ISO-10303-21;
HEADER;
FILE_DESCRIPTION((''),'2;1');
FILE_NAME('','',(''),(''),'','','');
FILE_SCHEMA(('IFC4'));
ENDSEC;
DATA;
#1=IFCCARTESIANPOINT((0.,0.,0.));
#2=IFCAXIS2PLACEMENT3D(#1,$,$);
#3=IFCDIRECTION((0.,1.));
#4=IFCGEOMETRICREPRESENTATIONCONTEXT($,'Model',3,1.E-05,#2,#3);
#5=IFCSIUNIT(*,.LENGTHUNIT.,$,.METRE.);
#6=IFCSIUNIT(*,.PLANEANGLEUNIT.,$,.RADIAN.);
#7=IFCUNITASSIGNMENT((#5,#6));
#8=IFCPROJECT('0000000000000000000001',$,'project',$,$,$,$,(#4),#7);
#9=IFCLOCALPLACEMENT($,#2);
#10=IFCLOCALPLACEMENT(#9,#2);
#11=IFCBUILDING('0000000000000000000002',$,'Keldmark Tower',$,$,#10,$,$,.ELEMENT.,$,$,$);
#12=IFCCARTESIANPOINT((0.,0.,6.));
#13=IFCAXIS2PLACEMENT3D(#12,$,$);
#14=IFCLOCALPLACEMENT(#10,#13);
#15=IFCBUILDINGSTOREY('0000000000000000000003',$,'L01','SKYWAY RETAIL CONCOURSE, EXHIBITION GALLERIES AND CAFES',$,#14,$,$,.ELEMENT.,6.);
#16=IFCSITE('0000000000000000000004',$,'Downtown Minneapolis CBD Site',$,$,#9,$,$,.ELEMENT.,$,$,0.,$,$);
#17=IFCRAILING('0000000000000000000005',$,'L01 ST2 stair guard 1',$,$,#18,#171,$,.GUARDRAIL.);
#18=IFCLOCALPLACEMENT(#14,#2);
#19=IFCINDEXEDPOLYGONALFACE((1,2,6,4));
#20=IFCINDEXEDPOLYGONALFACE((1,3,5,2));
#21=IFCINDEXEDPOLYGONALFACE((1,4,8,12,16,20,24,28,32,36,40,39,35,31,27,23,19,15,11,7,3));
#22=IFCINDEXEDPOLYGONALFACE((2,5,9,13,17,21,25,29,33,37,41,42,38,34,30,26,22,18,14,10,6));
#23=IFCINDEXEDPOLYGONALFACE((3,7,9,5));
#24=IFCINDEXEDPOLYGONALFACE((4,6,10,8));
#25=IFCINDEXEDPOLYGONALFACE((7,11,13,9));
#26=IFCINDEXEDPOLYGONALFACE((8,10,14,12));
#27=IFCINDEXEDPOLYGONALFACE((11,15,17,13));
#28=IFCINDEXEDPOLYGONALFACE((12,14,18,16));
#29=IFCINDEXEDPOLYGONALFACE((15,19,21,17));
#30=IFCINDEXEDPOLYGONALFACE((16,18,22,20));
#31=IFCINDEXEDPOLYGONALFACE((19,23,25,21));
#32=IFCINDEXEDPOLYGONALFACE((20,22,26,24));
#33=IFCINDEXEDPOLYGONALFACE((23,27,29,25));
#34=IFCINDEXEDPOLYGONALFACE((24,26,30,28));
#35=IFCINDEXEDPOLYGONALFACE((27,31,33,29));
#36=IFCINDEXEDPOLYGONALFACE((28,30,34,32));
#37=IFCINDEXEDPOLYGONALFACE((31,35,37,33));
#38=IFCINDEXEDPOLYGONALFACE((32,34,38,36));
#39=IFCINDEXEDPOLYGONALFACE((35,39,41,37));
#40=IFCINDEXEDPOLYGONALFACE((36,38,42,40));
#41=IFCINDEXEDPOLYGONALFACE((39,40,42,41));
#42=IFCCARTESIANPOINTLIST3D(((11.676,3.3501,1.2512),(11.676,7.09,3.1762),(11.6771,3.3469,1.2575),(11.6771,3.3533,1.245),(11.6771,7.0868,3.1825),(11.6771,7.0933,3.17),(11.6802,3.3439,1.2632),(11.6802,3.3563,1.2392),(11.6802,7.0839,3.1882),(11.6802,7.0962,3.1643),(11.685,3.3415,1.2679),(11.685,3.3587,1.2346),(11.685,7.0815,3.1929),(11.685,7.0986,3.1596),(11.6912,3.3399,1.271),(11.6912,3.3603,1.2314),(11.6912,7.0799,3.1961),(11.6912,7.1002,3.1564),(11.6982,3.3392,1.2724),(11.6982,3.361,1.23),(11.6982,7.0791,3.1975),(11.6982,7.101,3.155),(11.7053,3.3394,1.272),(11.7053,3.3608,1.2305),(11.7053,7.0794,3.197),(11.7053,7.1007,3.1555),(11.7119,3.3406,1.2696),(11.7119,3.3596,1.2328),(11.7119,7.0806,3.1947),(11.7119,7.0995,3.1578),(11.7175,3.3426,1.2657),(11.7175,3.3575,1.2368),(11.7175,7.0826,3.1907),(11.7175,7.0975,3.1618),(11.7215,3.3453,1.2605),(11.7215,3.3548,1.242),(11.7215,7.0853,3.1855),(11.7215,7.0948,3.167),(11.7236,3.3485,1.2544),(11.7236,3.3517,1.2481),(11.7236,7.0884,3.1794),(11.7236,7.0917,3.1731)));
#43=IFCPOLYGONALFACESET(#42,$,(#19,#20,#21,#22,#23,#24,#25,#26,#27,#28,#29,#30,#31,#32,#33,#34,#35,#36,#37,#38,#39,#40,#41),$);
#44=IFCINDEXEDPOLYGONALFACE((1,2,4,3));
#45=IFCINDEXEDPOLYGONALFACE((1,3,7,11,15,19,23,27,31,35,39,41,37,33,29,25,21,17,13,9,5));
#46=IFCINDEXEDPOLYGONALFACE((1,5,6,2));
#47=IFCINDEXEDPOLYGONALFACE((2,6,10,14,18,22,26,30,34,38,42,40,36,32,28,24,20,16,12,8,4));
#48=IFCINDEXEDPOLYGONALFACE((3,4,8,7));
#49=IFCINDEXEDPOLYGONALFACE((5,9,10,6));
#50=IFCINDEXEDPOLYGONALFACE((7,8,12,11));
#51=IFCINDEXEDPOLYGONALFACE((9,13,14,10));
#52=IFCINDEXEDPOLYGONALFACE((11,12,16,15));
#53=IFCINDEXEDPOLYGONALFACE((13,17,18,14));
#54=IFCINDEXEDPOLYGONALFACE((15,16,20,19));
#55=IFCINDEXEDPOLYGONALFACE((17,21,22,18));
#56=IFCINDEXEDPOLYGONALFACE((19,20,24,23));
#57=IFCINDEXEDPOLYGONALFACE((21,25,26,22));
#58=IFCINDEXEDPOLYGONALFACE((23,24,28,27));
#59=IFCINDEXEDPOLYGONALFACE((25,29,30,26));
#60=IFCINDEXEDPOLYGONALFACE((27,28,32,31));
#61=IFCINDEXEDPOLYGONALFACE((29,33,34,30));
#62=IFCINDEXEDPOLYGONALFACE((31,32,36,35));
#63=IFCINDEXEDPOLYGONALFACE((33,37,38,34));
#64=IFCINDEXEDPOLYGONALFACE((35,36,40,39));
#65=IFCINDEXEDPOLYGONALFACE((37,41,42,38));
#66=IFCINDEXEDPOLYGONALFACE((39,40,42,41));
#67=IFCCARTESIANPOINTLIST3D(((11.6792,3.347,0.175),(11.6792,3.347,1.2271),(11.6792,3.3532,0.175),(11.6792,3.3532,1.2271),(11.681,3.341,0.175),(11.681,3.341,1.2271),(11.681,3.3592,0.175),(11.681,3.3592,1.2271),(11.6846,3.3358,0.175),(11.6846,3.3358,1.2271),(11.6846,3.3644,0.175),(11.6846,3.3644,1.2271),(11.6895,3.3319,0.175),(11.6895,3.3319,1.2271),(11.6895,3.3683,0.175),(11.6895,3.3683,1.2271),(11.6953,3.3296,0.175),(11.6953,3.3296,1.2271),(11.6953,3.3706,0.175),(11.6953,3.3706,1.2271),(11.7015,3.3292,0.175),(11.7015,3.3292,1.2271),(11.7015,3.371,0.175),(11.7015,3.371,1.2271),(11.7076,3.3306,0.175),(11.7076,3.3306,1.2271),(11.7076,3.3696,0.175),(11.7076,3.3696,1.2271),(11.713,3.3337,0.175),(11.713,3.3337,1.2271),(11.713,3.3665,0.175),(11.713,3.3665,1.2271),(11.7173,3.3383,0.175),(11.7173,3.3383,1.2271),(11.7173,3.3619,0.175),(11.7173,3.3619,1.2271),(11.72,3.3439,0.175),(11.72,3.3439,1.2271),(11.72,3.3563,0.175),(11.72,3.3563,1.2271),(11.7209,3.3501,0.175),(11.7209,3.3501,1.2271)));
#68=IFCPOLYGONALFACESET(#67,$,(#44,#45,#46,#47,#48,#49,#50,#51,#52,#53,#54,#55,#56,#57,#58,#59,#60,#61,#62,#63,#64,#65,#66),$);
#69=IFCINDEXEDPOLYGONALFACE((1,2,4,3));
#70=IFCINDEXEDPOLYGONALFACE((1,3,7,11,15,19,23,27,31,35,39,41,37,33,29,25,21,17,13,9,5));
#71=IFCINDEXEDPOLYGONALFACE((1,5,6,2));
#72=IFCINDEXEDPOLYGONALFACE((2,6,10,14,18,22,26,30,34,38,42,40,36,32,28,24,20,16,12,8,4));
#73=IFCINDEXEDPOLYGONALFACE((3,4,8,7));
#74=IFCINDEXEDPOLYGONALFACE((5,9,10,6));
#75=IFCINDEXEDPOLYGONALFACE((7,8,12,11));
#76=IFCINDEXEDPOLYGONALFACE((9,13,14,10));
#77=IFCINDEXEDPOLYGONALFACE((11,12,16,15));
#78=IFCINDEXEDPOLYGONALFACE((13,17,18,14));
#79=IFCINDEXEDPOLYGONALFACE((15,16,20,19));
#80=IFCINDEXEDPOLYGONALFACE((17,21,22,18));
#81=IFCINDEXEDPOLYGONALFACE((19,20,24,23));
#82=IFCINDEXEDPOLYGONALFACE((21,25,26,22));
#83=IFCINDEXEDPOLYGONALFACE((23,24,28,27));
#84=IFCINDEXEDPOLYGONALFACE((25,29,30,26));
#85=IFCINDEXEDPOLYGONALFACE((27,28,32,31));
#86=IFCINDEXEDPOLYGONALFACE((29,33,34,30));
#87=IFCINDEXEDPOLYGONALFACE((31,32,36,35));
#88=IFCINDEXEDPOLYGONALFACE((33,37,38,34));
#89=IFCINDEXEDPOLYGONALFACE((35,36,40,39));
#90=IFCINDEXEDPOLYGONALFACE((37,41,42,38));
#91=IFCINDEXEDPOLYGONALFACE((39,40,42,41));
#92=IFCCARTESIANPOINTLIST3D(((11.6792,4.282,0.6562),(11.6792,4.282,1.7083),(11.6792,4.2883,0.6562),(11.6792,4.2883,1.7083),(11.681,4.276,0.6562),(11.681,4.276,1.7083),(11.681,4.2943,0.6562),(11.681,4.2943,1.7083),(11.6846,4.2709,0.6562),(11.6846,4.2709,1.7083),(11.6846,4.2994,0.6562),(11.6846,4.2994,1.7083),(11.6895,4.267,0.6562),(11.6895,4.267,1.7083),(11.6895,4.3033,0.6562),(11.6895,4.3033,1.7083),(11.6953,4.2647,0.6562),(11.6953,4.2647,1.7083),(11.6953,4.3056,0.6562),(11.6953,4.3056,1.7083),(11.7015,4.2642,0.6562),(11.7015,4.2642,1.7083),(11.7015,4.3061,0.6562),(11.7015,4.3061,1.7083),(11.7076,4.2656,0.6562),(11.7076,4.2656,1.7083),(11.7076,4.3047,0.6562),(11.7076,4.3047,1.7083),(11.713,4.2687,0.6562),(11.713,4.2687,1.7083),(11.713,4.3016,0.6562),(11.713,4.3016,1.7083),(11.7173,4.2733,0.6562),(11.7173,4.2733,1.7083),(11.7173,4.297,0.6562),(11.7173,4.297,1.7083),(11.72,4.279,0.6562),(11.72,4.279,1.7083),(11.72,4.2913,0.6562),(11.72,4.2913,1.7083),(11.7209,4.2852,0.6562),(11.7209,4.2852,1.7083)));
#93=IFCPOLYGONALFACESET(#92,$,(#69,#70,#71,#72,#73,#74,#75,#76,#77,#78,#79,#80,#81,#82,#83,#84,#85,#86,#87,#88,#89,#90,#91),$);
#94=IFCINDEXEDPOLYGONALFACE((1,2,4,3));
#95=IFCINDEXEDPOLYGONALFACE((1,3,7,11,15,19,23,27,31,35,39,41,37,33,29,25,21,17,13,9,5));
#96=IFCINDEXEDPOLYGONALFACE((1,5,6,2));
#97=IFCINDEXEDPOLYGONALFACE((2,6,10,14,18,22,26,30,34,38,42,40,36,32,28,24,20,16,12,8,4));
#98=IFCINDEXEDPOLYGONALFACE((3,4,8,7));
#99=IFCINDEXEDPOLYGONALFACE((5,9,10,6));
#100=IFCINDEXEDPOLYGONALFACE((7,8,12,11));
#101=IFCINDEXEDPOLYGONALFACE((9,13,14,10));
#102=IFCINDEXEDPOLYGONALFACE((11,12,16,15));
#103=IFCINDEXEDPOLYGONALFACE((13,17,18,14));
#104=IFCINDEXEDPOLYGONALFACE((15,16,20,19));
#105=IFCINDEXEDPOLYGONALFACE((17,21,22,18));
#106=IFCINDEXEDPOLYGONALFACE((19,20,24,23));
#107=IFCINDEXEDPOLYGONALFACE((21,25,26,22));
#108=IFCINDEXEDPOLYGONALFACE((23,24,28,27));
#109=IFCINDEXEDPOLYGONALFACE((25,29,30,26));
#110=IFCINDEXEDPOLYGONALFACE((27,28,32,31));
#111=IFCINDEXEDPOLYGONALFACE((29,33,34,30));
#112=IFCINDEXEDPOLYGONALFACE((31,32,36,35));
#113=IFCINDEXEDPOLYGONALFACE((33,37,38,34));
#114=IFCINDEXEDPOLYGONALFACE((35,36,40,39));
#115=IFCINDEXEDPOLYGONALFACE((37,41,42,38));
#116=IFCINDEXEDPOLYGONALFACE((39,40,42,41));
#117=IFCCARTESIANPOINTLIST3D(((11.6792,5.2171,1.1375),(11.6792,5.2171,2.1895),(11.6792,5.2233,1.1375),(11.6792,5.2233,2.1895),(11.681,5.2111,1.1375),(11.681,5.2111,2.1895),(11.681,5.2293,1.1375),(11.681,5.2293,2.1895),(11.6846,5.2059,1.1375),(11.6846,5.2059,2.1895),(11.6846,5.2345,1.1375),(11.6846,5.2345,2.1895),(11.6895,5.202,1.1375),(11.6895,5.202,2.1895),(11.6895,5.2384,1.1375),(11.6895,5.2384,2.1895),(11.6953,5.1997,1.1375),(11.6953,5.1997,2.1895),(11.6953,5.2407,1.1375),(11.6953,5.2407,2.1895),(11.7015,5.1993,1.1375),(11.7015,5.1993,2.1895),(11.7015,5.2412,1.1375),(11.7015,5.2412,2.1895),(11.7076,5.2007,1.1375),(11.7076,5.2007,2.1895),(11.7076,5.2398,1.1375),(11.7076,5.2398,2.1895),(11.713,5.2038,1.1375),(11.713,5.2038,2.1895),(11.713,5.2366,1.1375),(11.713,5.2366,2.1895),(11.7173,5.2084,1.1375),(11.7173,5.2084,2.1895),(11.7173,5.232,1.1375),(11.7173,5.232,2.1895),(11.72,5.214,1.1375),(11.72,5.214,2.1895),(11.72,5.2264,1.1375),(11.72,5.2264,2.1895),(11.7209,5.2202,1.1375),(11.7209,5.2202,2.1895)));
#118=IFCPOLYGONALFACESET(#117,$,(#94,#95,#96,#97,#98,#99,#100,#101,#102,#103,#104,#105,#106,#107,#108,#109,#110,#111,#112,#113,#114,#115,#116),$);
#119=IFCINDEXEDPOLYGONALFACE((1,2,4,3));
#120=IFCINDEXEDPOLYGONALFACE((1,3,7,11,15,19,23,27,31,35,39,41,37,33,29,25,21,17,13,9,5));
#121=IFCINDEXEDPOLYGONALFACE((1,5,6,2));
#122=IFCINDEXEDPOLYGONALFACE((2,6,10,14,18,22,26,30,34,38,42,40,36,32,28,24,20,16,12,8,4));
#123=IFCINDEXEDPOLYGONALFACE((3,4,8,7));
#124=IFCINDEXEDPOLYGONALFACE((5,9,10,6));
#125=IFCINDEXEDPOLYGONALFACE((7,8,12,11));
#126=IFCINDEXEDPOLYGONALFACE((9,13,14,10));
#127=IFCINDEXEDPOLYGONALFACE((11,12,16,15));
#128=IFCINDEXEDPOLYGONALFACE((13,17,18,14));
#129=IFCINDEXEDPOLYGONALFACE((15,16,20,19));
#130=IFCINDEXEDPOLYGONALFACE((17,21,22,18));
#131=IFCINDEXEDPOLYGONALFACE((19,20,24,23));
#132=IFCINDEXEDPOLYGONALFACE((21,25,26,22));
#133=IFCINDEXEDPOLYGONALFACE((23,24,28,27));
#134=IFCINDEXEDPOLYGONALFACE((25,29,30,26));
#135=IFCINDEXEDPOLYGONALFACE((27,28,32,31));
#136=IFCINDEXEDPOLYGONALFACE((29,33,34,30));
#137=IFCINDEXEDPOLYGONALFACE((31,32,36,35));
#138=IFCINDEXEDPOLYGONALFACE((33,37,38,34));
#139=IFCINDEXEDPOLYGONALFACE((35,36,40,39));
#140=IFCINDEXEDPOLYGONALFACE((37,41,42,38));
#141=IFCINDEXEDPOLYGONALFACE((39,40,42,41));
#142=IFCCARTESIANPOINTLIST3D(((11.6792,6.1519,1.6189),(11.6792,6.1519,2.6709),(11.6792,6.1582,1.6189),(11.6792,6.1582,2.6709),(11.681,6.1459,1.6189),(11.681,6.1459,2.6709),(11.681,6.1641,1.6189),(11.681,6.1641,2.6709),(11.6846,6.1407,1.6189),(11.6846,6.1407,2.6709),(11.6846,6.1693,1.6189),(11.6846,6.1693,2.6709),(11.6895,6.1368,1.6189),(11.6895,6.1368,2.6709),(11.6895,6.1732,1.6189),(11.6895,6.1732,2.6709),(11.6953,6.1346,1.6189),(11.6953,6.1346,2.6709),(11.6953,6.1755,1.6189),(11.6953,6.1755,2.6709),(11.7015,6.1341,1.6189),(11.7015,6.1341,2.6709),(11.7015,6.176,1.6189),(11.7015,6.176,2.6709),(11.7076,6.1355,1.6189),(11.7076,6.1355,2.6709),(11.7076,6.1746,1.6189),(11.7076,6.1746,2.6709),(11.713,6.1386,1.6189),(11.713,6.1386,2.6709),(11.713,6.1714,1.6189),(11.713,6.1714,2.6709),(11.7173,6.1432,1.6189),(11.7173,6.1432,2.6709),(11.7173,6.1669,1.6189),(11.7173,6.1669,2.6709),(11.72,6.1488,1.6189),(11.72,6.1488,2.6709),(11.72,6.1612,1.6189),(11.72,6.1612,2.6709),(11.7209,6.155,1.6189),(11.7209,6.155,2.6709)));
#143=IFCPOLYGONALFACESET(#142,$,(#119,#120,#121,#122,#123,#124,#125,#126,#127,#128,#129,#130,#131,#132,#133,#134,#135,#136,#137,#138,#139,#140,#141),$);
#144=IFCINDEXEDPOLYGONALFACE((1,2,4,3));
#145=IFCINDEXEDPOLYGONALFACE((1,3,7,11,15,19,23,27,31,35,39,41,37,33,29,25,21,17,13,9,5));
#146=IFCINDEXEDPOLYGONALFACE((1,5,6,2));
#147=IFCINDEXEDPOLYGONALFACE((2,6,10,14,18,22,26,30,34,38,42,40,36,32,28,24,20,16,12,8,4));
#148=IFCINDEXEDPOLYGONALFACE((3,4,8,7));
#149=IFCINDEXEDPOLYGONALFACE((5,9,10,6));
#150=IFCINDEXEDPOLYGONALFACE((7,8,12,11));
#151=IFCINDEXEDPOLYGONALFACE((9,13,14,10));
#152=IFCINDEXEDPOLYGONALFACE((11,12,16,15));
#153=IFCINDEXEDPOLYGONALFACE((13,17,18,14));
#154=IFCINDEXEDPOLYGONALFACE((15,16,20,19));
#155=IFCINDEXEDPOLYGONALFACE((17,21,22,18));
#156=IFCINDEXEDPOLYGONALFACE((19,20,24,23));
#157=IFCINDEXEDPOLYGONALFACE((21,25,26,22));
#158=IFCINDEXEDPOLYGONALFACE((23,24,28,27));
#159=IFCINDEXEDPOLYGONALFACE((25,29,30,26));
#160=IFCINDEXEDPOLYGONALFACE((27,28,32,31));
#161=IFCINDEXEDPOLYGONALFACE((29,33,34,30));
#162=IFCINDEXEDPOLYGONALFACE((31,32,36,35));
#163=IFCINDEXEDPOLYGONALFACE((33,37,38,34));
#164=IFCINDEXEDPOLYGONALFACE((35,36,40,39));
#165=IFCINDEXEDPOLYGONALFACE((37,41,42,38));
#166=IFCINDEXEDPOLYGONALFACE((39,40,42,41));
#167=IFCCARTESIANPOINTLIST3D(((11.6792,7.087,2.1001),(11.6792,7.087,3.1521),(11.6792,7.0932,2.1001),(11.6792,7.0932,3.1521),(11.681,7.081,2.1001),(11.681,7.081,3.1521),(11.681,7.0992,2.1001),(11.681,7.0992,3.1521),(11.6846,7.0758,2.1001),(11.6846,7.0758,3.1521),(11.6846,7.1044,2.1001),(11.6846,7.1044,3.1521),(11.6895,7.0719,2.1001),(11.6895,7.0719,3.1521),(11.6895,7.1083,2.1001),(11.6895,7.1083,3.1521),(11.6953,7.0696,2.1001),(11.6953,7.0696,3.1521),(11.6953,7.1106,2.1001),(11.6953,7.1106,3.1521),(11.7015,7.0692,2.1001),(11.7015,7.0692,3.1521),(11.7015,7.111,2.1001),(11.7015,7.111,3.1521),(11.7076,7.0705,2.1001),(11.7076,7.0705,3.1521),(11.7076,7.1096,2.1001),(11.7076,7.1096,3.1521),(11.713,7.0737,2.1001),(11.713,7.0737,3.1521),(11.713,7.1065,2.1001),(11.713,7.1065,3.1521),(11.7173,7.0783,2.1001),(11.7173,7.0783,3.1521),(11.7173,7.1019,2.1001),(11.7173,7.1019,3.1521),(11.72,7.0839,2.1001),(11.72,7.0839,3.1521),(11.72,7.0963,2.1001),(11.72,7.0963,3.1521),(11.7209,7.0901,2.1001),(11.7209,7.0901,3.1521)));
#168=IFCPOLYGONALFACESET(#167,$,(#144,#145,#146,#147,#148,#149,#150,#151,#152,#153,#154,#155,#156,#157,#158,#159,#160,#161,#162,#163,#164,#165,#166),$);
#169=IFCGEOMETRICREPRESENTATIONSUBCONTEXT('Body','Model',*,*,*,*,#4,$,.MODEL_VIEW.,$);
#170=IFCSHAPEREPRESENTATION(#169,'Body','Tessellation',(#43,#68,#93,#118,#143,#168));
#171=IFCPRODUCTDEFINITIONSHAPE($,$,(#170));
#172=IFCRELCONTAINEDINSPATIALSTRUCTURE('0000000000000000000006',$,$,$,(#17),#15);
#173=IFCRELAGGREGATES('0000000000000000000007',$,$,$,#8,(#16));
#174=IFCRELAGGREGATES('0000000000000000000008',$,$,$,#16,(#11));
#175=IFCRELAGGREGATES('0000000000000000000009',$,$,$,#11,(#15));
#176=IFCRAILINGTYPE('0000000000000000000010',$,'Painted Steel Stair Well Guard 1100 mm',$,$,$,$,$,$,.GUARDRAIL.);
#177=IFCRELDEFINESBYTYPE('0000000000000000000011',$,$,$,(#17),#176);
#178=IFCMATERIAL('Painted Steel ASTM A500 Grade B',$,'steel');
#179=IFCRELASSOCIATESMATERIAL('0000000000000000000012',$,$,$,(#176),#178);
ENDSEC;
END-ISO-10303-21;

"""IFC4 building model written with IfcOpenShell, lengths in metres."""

from ifc_helpers import new_model, si_unit, direction, frame, origin, origin_2d, place, context, subcontext, project, spatial, circle, extrude, material, type_object, element, save


model = new_model("IFC4")

# Units and contexts
model_context = context("Model", 3, precision=1e-05, world=origin(), true_north=direction((0.0, 1.0)))
body_context = subcontext(model_context, "Body", "Model", "MODEL_VIEW")
ifc_project = project(units=[si_unit("LENGTHUNIT", "METRE"), si_unit("PLANEANGLEUNIT", "RADIAN")], contexts=[model_context])

# Site, building, storey
site_placement = place(None, origin())
site = spatial("IfcSite", under=ifc_project, at=site_placement, Name="Downtown Minneapolis CBD Site", CompositionType="ELEMENT", RefElevation=0.0)
building_placement = place(site_placement, origin())
building = spatial("IfcBuilding", under=site, at=building_placement, Name="Keldmark Tower", CompositionType="ELEMENT")
storey_placement = place(building_placement, frame((0.0, 0.0, 6.0)))
storey = spatial("IfcBuildingStorey", under=building, at=storey_placement, Name="L01", Description="SKYWAY RETAIL CONCOURSE, EXHIBITION GALLERIES AND CAFES", CompositionType="ELEMENT", Elevation=6.0)

# Railing
ifc_material_1 = material(Name="Painted Steel ASTM A500 Grade B", Category="steel")
railing_type_1 = type_object("IfcRailingType", Name="Painted Steel Stair Well Guard 1100 mm", PredefinedType="GUARDRAIL", material=ifc_material_1)
railing_1_placement = place(storey_placement, frame((11.7, 3.3501, 0.175)))
element("IfcRailing", 1, at=railing_1_placement, inside=storey, type_object=railing_type_1, Name="L01 ST2 stair guard 1", PredefinedType="GUARDRAIL", context=body_context, shape_type="SweptSolid", body=[
    extrude(circle(Radius=0.0239, at=origin_2d()), frame((0.0, 0.0, 1.0762), z_axis=(0.0, 0.889131, 0.457654), x_axis=(-1.0, 0.0, 0.0)), (0.0, 0.0, 1.0), 4.2063),
    extrude(circle(Radius=0.021, at=origin_2d()), origin(), (0.0, 0.0, 1.0), 1.052),
    extrude(circle(Radius=0.021, at=origin_2d()), frame((0.0, 0.9351, 0.4812)), (0.0, 0.0, 1.0), 1.052),
    extrude(circle(Radius=0.021, at=origin_2d()), frame((0.0, 1.8701, 0.9624)), (0.0, 0.0, 1.0), 1.052),
    extrude(circle(Radius=0.021, at=origin_2d()), frame((0.0, 2.8049, 1.4438)), (0.0, 0.0, 1.0), 1.052),
    extrude(circle(Radius=0.021, at=origin_2d()), frame((0.0, 3.74, 1.925)), (0.0, 0.0, 1.0), 1.052),
])

save(model, "model.ifc")
